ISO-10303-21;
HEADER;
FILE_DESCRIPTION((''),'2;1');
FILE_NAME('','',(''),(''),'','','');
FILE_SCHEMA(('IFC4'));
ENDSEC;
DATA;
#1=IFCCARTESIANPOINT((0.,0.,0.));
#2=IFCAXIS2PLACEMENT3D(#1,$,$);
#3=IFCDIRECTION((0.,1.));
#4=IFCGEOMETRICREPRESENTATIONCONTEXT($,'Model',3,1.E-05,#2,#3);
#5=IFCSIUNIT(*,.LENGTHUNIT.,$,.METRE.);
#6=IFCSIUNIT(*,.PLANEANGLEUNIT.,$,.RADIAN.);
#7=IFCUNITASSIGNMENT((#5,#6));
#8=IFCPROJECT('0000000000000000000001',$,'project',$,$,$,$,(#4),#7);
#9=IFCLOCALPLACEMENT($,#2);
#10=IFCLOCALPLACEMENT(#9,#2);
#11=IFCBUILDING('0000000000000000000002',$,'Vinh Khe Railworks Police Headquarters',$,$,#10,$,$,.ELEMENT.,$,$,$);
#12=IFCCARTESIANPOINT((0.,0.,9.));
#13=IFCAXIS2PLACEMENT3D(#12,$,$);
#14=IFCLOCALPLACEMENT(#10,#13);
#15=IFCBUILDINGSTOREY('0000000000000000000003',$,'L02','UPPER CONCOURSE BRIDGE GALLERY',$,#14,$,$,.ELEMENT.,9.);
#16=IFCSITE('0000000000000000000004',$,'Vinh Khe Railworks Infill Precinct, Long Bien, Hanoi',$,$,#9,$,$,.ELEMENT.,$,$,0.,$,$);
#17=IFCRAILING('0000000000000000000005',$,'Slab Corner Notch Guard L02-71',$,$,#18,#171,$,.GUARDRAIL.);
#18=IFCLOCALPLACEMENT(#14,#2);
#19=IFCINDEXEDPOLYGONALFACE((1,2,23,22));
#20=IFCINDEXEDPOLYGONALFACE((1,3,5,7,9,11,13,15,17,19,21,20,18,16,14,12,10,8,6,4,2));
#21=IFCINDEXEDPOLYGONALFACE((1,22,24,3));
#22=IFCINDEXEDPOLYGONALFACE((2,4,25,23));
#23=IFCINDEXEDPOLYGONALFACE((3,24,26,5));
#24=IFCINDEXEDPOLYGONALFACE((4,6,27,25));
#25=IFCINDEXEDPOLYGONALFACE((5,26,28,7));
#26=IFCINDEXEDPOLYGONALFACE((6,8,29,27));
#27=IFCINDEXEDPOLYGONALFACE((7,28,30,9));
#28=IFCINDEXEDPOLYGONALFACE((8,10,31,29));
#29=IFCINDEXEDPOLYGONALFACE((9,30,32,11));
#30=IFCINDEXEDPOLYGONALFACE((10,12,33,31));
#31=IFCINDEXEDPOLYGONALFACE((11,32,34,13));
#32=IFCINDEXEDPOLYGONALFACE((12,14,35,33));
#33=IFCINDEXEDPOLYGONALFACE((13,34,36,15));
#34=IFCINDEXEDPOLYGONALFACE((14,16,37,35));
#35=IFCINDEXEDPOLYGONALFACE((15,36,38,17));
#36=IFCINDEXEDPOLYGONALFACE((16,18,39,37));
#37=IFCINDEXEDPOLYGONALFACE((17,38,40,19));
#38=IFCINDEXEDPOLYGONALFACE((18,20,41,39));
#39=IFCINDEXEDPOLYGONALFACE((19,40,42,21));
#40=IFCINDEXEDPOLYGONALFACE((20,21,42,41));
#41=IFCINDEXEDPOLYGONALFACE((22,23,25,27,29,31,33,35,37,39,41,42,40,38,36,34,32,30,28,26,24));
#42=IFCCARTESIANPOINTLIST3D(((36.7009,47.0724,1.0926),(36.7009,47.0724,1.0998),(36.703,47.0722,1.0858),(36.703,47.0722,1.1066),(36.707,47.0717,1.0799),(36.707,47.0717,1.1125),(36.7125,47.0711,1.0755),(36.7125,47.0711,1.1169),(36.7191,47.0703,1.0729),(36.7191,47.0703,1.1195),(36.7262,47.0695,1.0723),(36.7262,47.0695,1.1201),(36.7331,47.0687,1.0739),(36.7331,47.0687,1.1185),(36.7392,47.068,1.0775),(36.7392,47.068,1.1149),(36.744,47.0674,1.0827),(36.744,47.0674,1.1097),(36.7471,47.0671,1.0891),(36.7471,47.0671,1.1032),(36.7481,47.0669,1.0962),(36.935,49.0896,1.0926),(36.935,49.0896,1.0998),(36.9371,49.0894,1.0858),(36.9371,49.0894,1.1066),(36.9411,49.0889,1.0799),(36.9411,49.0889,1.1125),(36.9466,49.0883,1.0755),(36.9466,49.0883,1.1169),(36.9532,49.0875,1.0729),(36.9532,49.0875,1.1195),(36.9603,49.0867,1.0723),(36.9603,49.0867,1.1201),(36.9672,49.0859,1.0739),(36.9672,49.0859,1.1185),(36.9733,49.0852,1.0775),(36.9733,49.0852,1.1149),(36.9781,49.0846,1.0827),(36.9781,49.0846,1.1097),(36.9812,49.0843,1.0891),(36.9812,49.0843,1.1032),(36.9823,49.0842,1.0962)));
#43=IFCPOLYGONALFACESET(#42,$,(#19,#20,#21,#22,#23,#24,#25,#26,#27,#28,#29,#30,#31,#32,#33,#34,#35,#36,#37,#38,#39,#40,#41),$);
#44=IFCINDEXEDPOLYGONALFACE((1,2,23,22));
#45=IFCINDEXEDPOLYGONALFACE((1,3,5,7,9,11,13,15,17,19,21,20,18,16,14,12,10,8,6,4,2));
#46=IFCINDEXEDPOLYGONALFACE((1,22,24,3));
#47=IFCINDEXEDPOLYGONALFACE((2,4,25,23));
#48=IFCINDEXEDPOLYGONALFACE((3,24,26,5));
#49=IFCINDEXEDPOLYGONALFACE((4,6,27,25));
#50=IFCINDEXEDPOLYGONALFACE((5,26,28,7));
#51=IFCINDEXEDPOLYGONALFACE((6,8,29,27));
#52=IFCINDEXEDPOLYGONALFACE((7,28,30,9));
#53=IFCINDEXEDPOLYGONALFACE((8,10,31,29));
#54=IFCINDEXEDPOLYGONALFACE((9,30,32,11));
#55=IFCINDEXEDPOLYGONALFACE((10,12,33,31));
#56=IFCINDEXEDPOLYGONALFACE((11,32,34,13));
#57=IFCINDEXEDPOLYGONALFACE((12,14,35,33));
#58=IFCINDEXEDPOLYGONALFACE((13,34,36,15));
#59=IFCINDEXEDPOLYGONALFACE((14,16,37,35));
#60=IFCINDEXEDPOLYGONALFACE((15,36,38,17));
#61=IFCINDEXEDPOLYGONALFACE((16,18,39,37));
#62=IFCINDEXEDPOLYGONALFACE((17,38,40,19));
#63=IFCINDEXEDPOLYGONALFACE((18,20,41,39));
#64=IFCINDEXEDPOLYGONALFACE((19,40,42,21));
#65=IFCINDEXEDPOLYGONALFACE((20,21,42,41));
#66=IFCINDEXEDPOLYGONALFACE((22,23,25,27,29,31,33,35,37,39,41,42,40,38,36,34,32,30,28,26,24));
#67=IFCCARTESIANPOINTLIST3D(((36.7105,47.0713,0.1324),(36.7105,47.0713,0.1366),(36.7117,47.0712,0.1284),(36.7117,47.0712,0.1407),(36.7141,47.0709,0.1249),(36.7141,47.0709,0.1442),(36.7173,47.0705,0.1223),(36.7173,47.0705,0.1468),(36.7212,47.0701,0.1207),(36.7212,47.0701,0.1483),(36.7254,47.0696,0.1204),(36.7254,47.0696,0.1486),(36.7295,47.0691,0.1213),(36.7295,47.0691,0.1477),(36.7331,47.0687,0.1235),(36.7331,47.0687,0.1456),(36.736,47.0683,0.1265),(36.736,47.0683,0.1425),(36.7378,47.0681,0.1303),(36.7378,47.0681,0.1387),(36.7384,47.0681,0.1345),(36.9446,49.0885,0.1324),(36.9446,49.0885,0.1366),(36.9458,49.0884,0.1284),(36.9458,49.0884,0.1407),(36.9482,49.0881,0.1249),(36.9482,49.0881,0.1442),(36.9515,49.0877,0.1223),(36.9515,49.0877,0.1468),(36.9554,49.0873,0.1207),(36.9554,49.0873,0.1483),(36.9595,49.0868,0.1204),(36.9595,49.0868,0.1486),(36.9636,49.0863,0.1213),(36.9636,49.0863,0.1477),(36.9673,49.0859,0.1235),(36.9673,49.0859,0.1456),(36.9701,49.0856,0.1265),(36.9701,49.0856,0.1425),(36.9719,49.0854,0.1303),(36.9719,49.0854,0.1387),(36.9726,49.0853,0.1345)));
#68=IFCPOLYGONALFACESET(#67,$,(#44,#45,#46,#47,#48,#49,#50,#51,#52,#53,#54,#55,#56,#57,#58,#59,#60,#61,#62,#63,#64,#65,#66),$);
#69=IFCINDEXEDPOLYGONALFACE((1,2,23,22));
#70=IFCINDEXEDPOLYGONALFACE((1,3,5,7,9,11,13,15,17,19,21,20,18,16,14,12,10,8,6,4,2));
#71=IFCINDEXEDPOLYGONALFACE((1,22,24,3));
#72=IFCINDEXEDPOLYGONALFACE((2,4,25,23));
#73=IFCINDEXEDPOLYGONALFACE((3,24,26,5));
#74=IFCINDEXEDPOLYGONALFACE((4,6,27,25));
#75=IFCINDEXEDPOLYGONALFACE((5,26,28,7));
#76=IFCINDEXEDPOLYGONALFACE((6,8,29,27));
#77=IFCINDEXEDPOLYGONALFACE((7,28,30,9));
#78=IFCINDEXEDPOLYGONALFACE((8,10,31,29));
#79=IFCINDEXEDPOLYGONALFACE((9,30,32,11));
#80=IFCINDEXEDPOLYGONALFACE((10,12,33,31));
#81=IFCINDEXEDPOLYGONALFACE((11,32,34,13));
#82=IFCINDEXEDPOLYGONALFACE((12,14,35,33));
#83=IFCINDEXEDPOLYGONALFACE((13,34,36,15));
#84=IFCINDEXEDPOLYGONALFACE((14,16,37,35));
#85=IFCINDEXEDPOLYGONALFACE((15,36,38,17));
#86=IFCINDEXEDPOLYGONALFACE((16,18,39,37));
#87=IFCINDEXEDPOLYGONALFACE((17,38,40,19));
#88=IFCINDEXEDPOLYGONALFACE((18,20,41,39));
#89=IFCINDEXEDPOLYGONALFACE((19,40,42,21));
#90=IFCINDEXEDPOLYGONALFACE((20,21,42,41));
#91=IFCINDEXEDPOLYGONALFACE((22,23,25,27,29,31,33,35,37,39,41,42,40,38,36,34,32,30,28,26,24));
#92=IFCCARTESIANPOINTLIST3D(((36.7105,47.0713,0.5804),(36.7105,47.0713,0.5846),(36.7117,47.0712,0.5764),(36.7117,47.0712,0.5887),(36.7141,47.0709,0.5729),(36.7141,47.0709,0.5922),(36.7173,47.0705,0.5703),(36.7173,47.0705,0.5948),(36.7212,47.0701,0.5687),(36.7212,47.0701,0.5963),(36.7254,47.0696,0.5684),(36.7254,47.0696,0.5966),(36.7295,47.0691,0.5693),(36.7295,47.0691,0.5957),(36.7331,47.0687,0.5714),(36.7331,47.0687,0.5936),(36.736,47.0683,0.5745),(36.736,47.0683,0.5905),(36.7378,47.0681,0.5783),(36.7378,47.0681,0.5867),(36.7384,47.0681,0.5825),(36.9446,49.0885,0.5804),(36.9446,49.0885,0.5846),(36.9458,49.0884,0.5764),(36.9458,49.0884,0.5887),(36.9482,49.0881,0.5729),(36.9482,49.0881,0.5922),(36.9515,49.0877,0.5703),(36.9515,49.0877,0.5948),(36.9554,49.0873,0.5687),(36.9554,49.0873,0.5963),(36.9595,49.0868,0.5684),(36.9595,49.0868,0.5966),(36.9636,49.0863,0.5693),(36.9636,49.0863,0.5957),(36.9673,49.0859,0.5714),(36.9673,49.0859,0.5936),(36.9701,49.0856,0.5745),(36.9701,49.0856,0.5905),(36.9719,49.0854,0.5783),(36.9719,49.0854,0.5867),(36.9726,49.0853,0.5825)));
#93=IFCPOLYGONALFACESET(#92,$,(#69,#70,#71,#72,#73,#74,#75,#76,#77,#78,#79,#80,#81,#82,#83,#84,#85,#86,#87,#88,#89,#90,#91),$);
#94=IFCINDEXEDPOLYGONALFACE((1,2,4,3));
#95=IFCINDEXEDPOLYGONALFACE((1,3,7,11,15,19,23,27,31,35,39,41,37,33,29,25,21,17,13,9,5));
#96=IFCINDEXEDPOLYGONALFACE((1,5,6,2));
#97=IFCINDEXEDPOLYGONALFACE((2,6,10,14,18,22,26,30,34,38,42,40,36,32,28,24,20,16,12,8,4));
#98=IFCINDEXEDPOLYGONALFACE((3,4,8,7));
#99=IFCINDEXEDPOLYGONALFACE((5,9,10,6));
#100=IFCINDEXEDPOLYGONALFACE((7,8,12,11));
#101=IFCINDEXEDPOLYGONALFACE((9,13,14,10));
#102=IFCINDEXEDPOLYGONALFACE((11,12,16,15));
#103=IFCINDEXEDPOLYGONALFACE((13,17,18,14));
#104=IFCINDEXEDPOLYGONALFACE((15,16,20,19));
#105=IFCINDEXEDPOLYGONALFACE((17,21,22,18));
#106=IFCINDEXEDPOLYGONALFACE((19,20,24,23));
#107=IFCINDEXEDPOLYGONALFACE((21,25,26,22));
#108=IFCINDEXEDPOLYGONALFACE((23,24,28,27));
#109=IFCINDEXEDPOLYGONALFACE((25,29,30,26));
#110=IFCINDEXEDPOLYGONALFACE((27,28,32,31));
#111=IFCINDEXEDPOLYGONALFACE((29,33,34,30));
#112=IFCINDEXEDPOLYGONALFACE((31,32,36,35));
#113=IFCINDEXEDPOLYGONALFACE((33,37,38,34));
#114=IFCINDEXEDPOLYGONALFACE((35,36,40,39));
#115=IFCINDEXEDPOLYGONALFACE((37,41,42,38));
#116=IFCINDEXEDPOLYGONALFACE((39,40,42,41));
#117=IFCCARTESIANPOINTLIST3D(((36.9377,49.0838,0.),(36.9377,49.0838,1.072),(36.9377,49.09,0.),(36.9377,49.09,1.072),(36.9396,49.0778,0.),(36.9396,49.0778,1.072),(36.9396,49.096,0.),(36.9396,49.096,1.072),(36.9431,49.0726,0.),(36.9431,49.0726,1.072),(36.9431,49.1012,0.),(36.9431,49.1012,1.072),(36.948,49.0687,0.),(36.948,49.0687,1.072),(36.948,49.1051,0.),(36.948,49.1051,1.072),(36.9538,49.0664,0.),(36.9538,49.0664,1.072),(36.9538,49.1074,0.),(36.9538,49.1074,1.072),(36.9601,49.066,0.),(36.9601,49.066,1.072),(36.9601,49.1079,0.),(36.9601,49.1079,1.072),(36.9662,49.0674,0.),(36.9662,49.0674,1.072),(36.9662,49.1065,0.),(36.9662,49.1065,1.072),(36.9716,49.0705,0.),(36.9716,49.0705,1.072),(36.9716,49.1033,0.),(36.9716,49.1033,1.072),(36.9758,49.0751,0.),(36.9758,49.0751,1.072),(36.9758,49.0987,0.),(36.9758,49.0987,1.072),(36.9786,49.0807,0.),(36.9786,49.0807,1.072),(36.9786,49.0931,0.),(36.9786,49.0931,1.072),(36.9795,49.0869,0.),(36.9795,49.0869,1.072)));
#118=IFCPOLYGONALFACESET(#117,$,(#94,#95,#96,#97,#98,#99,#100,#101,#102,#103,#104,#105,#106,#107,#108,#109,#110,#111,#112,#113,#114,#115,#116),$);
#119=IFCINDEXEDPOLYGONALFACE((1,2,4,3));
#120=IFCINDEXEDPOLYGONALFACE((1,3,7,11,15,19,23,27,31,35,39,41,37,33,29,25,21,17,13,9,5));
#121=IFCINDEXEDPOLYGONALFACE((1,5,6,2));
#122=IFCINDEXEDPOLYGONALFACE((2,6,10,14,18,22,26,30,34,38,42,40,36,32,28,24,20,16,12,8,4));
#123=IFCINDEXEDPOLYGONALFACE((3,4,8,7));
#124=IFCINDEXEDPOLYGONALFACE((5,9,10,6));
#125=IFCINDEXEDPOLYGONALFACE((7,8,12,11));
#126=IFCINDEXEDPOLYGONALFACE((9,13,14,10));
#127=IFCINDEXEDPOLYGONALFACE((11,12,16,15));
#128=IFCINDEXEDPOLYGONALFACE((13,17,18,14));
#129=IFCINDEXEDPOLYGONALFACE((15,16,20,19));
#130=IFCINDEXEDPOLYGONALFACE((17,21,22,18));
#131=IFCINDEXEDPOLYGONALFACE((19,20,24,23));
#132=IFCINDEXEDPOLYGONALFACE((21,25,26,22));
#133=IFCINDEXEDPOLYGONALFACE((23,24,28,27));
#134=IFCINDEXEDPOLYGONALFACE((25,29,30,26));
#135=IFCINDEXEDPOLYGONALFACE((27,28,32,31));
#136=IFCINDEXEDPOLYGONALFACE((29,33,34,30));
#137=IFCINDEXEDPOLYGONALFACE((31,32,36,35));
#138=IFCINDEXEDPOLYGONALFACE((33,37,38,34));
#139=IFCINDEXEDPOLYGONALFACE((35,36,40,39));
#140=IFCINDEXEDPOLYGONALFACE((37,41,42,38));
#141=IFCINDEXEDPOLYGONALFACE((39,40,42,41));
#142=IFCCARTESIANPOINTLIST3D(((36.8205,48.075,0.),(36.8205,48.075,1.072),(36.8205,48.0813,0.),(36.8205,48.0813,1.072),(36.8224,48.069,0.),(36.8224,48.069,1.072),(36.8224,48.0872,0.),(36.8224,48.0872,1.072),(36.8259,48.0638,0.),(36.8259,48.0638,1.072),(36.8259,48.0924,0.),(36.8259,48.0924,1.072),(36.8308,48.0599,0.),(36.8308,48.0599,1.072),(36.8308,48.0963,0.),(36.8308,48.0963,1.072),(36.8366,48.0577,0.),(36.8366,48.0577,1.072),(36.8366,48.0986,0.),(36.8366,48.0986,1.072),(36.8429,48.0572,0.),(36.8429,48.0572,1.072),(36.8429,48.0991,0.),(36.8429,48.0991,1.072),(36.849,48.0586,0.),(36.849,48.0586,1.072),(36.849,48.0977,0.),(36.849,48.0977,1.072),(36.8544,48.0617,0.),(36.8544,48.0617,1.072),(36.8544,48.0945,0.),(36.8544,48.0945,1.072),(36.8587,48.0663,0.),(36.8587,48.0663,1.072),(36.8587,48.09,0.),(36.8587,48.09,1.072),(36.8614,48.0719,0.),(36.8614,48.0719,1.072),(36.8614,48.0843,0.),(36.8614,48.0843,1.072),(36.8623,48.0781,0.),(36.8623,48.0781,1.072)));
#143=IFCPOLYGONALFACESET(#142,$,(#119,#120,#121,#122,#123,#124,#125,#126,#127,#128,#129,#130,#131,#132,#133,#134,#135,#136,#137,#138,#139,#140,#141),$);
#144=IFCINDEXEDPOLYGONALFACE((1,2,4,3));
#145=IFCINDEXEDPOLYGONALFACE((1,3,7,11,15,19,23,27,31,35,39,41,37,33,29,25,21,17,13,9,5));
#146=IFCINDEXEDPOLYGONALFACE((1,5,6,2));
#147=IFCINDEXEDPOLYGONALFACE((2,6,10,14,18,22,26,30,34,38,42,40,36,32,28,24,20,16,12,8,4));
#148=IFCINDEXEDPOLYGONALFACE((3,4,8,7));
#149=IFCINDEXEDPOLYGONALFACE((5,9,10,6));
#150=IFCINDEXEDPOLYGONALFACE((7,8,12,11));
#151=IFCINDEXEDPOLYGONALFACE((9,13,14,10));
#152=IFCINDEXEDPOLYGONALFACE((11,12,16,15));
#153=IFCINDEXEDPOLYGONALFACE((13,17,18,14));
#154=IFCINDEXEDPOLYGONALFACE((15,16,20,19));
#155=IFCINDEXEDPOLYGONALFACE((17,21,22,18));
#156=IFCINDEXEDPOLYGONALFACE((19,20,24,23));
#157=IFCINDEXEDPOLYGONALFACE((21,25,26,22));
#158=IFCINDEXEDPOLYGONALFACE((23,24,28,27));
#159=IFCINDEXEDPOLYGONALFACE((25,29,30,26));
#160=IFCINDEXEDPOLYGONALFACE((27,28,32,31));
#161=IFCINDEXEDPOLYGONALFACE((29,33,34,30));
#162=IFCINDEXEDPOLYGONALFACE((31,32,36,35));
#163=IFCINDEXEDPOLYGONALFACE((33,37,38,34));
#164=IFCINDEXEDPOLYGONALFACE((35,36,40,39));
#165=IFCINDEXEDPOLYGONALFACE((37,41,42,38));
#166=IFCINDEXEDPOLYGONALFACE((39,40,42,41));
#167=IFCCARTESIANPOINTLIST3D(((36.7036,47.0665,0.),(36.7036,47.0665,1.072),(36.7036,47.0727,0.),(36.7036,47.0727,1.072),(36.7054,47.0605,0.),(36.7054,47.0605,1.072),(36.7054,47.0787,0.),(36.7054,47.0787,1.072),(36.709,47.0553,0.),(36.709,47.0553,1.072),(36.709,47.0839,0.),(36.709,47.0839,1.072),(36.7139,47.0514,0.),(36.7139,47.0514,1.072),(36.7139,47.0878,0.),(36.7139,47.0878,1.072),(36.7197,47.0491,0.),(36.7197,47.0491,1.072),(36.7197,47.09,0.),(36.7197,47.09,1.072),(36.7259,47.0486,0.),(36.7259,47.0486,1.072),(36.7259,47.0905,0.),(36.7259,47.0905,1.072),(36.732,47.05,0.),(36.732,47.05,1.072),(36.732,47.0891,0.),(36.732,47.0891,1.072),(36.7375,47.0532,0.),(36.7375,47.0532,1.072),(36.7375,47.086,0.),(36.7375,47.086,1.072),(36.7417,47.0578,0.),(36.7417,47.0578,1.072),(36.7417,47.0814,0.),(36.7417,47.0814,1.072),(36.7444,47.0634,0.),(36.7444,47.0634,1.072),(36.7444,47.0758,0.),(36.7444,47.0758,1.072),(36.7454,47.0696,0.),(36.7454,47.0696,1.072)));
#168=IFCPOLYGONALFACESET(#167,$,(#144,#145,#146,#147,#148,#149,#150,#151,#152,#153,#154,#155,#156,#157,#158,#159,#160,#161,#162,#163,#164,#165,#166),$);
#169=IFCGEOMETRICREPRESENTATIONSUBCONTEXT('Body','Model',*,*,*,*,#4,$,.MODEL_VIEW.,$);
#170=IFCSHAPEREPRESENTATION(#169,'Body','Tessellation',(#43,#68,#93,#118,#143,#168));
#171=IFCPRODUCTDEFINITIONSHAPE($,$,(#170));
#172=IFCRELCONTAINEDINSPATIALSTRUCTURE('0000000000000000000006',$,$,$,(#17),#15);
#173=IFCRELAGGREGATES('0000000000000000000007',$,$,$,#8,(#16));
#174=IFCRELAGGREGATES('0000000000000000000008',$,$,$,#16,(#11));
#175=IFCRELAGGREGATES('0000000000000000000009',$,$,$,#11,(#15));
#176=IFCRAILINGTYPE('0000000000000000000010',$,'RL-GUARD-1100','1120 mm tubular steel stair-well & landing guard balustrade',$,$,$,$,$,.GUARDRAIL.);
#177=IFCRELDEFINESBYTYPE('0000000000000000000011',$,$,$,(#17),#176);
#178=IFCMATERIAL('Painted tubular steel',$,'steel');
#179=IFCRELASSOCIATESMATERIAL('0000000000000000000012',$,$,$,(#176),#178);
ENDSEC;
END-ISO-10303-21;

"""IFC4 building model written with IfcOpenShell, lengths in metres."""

from ifc_helpers import new_model, si_unit, direction, frame, origin, origin_2d, place, context, subcontext, project, spatial, circle, extrude, material, type_object, element, save


model = new_model("IFC4")

# Units and contexts
model_context = context("Model", 3, precision=1e-05, world=origin(), true_north=direction((0.0, 1.0)))
body_context = subcontext(model_context, "Body", "Model", "MODEL_VIEW")
ifc_project = project(units=[si_unit("LENGTHUNIT", "METRE"), si_unit("PLANEANGLEUNIT", "RADIAN")], contexts=[model_context])

# Site, building, storey
site_placement = place(None, origin())
site = spatial("IfcSite", under=ifc_project, at=site_placement, Name="Vinh Khe Railworks Infill Precinct, Long Bien, Hanoi", CompositionType="ELEMENT", RefElevation=0.0)
building_placement = place(site_placement, origin())
building = spatial("IfcBuilding", under=site, at=building_placement, Name="Vinh Khe Railworks Police Headquarters", CompositionType="ELEMENT")
storey_placement = place(building_placement, frame((0.0, 0.0, 9.0)))
storey = spatial("IfcBuildingStorey", under=building, at=storey_placement, Name="L02", Description="UPPER CONCOURSE BRIDGE GALLERY", CompositionType="ELEMENT", Elevation=9.0)

# Railing
ifc_material_1 = material(Name="Painted tubular steel", Category="steel")
railing_type = type_object("IfcRailingType", Name="RL-GUARD-1100", Description="1120 mm tubular steel stair-well & landing guard balustrade", PredefinedType="GUARDRAIL", material=ifc_material_1)
railing_1_placement = place(storey_placement, frame((36.9585, 49.0869, 0.0)))
element("IfcRailing", 1, at=railing_1_placement, inside=storey, type_object=railing_type, Name="Slab Corner Notch Guard L02-71", PredefinedType="GUARDRAIL", context=body_context, shape_type="SweptSolid", body=[
    extrude(circle(Radius=0.0239, at=origin_2d()), frame((0.0, 0.0, 1.0962), z_axis=(-0.115286, -0.993332, 0.0), x_axis=(0.993332, -0.115286, 0.0)), (0.0, 0.0, 1.0), 2.0308),
    extrude(circle(Radius=0.0142, at=origin_2d()), frame((0.0, 0.0, 0.1345), z_axis=(-0.115286, -0.993332, 0.0), x_axis=(0.993332, -0.115286, 0.0)), (0.0, 0.0, 1.0), 2.0308),
    extrude(circle(Radius=0.0142, at=origin_2d()), frame((0.0, 0.0, 0.5825), z_axis=(-0.115286, -0.993332, 0.0), x_axis=(0.993332, -0.115286, 0.0)), (0.0, 0.0, 1.0), 2.0308),
    extrude(circle(Radius=0.021, at=origin_2d()), origin(), (0.0, 0.0, 1.0), 1.072),
    extrude(circle(Radius=0.021, at=origin_2d()), frame((-0.1172, -1.0088, 0.0)), (0.0, 0.0, 1.0), 1.072),
    extrude(circle(Radius=0.021, at=origin_2d()), frame((-0.2341, -2.0173, 0.0)), (0.0, 0.0, 1.0), 1.072),
])

save(model, "model.ifc")
